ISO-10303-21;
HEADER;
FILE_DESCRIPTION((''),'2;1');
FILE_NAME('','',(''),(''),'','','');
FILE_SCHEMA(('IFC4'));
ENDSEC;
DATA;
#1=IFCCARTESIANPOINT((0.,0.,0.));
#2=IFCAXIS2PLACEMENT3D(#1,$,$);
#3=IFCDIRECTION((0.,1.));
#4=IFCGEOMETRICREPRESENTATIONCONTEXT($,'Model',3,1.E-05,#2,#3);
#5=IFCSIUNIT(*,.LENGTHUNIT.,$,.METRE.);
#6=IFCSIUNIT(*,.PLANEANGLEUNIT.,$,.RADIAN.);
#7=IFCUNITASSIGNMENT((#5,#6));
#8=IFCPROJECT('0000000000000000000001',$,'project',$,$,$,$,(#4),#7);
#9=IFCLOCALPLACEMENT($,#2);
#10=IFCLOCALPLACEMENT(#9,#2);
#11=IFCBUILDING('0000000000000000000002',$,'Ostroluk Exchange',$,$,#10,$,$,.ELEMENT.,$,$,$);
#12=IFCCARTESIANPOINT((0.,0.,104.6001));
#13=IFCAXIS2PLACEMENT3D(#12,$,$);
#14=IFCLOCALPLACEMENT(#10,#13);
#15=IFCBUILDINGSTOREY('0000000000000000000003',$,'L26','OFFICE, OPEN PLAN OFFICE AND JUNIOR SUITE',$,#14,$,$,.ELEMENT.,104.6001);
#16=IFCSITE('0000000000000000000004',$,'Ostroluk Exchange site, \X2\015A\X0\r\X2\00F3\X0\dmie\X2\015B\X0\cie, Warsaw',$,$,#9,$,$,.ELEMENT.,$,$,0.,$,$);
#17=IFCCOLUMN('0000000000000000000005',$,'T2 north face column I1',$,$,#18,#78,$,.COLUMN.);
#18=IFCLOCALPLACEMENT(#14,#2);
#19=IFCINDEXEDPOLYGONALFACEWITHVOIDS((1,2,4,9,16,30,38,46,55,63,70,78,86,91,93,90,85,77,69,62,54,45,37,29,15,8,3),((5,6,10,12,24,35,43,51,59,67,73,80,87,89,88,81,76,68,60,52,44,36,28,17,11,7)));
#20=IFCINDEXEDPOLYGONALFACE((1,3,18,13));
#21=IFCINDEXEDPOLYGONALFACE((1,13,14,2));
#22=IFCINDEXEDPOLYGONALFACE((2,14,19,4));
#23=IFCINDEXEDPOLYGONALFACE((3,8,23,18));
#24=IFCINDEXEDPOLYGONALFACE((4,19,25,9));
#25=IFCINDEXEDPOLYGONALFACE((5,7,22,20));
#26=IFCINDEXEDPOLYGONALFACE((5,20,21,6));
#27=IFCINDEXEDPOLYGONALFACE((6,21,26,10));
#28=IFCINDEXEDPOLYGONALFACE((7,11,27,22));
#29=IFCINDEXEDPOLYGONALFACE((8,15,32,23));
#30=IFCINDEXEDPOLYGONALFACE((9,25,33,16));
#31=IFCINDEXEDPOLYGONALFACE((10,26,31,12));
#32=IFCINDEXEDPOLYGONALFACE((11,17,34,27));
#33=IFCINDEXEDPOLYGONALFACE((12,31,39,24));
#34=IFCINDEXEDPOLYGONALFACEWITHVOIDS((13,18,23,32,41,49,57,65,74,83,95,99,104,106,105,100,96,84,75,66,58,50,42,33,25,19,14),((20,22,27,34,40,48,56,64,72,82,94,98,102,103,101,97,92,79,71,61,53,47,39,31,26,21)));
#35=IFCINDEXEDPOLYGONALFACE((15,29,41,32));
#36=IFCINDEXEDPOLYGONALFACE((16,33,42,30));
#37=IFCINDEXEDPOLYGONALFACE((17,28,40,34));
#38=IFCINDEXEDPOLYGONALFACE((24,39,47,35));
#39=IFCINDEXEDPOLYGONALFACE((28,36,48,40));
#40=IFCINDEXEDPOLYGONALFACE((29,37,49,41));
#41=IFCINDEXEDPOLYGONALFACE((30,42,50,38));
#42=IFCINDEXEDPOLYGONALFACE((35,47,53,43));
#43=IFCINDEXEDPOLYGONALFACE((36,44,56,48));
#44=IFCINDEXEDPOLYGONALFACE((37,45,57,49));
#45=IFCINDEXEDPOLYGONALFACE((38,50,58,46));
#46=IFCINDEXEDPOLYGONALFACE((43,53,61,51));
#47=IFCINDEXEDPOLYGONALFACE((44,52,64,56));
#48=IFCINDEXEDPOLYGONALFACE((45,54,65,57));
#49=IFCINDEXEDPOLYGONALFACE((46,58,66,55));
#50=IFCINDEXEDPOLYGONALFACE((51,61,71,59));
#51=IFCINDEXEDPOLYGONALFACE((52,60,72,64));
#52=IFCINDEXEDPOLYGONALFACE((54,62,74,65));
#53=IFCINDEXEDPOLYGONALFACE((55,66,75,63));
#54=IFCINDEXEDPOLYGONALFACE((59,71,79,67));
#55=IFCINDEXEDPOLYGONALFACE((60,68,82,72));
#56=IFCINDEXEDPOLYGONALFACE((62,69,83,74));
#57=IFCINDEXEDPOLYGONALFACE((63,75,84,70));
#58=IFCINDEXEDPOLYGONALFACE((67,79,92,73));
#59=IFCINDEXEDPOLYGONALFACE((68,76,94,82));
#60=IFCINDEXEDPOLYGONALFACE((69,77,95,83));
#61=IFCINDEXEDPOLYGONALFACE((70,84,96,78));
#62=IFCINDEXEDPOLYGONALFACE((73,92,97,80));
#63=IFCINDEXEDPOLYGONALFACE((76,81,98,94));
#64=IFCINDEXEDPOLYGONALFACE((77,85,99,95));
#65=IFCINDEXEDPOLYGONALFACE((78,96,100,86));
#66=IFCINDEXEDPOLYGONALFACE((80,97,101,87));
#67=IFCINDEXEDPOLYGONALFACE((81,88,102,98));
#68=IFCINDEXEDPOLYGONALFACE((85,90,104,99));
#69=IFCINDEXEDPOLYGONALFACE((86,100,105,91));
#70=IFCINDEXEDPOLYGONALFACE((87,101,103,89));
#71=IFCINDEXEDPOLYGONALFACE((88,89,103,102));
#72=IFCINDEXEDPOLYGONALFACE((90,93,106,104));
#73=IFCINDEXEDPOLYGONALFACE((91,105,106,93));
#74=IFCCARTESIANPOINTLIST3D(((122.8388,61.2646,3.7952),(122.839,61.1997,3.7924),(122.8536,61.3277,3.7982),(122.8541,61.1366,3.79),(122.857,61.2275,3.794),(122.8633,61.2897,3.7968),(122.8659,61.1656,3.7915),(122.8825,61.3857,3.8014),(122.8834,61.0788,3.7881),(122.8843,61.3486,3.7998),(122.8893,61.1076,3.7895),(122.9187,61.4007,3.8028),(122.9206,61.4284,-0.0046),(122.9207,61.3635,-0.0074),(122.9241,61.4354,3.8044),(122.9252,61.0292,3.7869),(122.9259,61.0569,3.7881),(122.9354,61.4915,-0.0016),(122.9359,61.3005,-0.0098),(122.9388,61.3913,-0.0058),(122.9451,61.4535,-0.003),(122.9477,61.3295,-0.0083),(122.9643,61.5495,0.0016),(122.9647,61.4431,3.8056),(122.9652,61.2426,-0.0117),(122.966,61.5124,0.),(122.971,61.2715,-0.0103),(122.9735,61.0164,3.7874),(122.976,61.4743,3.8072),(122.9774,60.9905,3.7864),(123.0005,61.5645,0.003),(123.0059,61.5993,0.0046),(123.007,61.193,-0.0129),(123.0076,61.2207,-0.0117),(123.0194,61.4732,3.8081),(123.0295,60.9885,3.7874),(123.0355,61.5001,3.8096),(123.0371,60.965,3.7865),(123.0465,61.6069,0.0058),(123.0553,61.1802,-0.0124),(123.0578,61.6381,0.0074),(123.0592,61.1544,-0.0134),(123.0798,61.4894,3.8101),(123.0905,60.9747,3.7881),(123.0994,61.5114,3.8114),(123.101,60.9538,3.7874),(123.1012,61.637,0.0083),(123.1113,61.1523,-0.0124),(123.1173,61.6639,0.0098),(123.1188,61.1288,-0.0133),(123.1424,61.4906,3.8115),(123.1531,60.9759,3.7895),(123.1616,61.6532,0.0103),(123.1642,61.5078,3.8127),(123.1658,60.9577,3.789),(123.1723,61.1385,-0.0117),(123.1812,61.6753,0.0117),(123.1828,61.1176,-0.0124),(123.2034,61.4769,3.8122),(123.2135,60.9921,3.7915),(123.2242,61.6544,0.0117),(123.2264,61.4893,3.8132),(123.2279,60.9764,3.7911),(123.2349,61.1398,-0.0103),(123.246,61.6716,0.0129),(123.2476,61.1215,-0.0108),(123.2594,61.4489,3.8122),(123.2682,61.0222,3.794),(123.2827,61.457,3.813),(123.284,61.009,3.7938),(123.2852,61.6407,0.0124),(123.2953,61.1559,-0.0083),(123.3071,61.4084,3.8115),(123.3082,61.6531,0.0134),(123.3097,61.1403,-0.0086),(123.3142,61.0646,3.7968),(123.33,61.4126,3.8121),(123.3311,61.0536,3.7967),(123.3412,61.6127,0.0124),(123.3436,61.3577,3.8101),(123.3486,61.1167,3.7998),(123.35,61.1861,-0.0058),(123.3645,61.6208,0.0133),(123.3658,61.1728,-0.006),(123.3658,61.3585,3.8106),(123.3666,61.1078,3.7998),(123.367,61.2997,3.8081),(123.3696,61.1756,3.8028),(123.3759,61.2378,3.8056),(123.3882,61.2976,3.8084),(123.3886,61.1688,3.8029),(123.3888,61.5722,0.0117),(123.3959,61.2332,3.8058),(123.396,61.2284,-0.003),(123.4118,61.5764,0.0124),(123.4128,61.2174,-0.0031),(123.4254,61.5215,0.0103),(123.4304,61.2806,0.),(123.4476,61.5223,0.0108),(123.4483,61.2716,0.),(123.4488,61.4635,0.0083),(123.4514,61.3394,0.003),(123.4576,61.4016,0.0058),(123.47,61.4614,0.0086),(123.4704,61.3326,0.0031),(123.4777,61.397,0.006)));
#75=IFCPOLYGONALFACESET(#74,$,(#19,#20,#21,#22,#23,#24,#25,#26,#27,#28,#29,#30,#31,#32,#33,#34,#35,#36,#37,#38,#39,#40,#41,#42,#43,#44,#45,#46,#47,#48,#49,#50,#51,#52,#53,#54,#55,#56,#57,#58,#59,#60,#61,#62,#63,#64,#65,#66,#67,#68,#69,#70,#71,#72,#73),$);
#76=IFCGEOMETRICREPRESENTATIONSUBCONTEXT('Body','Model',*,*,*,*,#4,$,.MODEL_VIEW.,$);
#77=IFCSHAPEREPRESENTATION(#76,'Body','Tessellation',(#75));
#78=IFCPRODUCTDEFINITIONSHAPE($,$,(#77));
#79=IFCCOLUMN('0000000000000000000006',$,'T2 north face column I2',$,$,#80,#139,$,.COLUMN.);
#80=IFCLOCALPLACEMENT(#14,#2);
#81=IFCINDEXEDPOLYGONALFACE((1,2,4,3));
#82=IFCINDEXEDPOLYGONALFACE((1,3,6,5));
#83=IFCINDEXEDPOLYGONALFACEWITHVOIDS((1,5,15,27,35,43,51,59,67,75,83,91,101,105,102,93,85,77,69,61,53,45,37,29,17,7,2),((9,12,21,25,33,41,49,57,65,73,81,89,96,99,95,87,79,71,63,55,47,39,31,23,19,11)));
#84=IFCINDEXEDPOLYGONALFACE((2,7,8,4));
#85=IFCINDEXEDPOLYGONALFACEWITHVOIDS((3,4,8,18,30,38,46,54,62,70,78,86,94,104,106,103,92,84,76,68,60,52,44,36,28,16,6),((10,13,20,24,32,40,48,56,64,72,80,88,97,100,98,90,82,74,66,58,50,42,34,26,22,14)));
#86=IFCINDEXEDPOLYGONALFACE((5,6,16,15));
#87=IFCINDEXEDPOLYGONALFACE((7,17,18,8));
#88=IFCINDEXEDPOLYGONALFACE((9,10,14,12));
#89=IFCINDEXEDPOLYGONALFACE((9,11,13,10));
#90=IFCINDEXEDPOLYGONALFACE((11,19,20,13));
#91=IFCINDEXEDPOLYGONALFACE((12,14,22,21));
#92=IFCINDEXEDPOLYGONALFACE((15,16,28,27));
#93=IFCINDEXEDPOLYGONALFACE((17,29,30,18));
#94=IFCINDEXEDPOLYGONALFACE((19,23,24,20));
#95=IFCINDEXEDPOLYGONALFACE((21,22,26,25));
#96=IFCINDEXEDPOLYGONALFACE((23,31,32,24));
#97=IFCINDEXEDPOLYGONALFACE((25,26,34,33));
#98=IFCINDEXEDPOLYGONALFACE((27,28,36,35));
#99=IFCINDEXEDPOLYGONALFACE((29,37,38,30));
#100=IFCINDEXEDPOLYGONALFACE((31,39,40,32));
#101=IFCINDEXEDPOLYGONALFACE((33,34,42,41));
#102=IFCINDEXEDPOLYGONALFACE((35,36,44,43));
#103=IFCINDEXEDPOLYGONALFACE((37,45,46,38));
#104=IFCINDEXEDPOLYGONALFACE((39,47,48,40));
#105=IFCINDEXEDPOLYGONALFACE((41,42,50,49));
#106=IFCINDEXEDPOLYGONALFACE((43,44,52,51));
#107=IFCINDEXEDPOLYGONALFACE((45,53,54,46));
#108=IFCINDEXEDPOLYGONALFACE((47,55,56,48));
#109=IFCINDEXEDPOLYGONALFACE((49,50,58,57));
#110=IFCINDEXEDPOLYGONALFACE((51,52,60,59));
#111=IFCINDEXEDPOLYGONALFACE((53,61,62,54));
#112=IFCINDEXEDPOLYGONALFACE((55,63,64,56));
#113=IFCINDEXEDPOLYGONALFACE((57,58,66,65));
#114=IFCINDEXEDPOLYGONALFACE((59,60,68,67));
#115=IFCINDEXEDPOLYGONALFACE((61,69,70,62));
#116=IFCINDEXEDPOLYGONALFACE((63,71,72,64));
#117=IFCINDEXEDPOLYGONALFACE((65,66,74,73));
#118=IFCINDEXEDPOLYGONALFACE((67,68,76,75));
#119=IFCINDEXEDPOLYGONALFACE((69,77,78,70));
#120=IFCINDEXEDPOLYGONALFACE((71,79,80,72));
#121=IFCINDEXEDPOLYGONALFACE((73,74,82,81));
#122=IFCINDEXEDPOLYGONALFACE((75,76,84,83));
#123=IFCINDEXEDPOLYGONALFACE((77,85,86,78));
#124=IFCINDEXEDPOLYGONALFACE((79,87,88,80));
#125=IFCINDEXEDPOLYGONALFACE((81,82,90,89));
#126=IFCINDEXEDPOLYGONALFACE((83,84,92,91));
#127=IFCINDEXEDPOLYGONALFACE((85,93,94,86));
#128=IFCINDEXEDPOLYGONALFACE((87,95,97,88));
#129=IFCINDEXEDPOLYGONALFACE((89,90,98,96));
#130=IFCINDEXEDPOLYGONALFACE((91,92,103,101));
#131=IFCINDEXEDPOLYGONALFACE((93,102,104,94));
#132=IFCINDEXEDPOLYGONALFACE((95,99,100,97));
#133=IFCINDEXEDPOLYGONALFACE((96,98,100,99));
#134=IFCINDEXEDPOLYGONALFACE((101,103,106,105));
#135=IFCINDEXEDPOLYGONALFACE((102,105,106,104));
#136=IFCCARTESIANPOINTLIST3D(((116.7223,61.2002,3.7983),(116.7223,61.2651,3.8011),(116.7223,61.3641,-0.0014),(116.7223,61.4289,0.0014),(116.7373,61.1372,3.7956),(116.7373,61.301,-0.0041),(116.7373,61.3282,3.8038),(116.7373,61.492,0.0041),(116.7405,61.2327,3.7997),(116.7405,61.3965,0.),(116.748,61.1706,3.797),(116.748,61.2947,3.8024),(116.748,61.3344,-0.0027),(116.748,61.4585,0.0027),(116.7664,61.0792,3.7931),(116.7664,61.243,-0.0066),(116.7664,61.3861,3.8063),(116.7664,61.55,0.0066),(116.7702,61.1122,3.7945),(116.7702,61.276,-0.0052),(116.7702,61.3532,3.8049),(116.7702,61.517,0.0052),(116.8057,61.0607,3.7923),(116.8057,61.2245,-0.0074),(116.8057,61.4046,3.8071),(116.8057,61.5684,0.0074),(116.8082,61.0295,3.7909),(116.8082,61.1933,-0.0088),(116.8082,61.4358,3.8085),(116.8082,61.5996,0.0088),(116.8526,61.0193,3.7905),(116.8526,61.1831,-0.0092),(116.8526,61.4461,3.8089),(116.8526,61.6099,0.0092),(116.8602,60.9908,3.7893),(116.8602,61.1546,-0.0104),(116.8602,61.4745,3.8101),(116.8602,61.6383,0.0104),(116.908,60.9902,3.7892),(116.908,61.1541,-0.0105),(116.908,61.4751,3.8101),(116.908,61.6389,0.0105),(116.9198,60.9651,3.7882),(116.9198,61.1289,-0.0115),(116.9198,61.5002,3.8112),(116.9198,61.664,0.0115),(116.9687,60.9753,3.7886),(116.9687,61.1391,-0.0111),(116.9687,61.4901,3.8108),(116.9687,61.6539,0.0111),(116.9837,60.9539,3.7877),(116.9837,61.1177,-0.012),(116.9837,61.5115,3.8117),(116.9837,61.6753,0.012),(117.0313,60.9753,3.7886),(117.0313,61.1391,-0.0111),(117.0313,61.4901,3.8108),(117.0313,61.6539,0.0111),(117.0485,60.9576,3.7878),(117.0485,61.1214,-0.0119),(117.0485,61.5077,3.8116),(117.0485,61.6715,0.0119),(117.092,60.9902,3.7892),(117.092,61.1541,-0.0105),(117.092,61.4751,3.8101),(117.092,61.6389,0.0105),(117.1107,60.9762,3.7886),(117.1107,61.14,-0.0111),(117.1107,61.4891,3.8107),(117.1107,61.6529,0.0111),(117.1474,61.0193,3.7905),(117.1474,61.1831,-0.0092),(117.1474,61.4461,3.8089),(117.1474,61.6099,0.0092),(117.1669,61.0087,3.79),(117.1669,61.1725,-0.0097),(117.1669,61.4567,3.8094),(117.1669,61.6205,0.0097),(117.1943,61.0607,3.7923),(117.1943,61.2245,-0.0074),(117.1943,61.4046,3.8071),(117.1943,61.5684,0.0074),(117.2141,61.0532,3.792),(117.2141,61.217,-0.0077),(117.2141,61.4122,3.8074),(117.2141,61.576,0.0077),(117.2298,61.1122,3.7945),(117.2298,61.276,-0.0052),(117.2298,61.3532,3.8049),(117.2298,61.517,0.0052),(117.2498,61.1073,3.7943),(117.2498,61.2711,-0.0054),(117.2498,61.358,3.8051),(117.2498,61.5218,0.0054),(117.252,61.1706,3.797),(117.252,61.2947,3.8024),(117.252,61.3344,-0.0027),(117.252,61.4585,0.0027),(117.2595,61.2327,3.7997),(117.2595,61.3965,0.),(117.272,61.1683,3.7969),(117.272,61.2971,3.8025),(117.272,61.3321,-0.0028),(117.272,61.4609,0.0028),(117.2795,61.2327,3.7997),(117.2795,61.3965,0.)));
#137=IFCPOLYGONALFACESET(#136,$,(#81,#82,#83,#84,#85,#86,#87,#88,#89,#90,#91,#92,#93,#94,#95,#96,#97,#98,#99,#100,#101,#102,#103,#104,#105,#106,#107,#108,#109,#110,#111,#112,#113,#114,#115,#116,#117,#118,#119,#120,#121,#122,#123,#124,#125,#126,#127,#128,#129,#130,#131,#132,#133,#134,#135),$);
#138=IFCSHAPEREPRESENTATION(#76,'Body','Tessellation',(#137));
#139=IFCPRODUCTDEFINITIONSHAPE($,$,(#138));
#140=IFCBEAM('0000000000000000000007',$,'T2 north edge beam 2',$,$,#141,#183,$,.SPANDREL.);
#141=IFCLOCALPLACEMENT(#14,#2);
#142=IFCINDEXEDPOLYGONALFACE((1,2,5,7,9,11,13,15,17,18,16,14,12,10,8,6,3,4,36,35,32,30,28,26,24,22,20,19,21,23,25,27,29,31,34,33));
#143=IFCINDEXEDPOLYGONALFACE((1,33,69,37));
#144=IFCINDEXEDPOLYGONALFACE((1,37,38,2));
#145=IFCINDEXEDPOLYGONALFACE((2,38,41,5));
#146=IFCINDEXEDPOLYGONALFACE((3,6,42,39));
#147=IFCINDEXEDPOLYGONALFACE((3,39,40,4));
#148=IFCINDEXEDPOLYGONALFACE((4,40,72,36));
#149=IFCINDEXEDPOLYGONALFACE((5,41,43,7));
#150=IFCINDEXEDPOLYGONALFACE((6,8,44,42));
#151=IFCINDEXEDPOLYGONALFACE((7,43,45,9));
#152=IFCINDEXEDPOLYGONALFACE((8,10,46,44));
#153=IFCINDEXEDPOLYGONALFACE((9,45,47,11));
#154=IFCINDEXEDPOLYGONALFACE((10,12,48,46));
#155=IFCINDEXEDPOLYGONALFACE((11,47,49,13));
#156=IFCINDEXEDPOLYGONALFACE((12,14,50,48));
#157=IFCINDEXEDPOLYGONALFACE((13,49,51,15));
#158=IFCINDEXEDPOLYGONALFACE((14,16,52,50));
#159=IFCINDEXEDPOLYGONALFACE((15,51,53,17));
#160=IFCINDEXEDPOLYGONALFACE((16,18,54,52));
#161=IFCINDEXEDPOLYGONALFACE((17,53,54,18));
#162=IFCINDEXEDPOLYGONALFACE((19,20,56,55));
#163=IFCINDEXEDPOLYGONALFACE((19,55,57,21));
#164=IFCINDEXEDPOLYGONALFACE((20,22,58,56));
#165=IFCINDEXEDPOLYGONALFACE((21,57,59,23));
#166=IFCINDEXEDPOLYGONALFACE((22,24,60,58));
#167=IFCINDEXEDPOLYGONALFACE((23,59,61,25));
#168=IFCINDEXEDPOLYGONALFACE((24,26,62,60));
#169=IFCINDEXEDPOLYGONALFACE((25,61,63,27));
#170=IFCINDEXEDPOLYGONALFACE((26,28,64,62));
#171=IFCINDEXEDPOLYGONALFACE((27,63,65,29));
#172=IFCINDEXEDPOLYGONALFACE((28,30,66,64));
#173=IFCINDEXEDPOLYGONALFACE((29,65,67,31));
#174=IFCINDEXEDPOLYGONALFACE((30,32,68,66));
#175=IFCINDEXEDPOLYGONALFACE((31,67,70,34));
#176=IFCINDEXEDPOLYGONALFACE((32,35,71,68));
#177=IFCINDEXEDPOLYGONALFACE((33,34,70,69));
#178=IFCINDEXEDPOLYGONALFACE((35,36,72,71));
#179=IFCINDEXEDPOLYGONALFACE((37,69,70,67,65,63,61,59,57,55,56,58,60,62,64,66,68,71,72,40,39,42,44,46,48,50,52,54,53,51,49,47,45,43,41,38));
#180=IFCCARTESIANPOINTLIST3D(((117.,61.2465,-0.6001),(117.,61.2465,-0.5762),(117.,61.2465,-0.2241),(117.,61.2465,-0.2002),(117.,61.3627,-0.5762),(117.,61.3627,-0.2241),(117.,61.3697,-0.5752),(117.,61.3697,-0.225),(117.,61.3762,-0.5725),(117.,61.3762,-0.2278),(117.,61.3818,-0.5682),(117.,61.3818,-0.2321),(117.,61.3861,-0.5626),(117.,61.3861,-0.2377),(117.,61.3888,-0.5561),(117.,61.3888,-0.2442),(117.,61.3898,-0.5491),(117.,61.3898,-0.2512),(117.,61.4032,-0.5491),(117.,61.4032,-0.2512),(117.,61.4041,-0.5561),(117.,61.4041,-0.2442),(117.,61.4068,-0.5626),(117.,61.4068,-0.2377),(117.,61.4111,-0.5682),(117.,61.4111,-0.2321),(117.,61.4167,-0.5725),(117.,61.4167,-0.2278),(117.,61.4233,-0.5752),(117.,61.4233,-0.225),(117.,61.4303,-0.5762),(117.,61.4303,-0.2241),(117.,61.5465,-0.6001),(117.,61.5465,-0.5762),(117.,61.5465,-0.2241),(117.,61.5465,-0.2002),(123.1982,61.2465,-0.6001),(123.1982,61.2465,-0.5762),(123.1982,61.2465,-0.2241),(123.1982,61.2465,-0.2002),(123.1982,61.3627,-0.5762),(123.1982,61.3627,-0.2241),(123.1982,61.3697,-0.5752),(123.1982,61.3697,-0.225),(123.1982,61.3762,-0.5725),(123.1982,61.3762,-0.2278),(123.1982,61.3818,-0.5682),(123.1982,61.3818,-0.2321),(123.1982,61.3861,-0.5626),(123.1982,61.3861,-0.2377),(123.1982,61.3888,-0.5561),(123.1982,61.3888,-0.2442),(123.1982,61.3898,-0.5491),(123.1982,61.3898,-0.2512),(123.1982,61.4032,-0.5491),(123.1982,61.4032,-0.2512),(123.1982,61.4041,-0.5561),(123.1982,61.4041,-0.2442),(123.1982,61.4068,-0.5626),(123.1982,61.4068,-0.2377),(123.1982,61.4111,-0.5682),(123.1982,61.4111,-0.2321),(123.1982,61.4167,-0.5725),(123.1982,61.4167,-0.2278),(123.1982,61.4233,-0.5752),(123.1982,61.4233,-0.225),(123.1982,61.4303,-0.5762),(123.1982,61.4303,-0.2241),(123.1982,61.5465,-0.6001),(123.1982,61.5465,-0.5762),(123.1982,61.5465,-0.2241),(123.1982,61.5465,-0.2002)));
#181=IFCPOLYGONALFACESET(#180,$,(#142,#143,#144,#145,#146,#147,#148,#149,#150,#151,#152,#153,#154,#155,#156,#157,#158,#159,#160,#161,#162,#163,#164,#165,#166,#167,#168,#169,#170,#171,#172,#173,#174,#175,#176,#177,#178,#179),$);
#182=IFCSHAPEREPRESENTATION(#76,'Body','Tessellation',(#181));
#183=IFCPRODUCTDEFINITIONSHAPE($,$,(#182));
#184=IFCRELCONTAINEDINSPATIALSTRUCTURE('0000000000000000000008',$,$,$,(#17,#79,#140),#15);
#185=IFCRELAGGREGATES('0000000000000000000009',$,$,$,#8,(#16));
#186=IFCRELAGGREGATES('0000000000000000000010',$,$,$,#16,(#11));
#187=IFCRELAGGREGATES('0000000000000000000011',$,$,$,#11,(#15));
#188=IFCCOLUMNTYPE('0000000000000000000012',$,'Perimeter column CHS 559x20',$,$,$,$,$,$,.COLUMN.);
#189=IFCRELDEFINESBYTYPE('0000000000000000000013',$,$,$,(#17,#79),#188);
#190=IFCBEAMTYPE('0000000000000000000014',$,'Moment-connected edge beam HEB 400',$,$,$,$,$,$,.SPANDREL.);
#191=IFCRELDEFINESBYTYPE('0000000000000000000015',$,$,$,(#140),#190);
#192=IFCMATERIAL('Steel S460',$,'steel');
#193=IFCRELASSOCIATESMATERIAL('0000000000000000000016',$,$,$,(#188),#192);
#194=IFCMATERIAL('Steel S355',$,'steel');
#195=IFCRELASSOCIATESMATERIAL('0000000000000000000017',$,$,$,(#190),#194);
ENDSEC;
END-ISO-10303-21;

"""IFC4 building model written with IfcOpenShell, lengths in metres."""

from ifc_helpers import new_model, si_unit, direction, frame, origin, origin_2d, place, context, subcontext, project, spatial, hollow_circle, i_section, extrude, material, material_profile, profile_set, type_object, element, save


model = new_model("IFC4")

# Units and contexts
model_context = context("Model", 3, precision=1e-05, world=origin(), true_north=direction((0.0, 1.0)))
body_context = subcontext(model_context, "Body", "Model", "MODEL_VIEW")
ifc_project = project(units=[si_unit("LENGTHUNIT", "METRE"), si_unit("PLANEANGLEUNIT", "RADIAN")], contexts=[model_context])

# Site, building, storey
site_placement = place(None, origin())
site = spatial("IfcSite", under=ifc_project, at=site_placement, Name="Ostroluk Exchange site, Śródmieście, Warsaw", CompositionType="ELEMENT", RefElevation=0.0)
building_placement = place(site_placement, origin())
building = spatial("IfcBuilding", under=site, at=building_placement, Name="Ostroluk Exchange", CompositionType="ELEMENT")
storey_placement = place(building_placement, frame((0.0, 0.0, 104.6001)))
storey = spatial("IfcBuildingStorey", under=building, at=storey_placement, Name="L26", Description="OFFICE, OPEN PLAN OFFICE AND JUNIOR SUITE", CompositionType="ELEMENT", Elevation=104.6001)

# Columns
ifc_material_1 = material(Name="Steel S460", Category="steel")
ifc_material_profile_1 = material_profile(ifc_material_1, hollow_circle(Radius=0.2795, WallThickness=0.02, at=origin_2d()), Name="CHS 559x20")
ifc_profile_set_1 = profile_set([ifc_material_profile_1], Name="Steel S460")
column_type = type_object("IfcColumnType", Name="Perimeter column CHS 559x20", PredefinedType="COLUMN", material=ifc_profile_set_1)
column_1_placement = place(storey_placement, frame((123.1982, 61.3965, 0.0), z_axis=(-0.021499, -0.043062, 0.998841), x_axis=(0.894694, -0.44668, 0.0)))
element("IfcColumn", 1, at=column_1_placement, inside=storey, type_object=column_type, Name="T2 north face column I1", PredefinedType="COLUMN", context=body_context, shape_type="SweptSolid", body=[
    extrude(hollow_circle(Radius=0.2795, WallThickness=0.02, at=origin_2d()), origin(), (0.0, 0.0, 1.0), 3.8042),
])
column_2_placement = place(storey_placement, frame((117.0, 61.3965, 0.0), z_axis=(0.0, -0.043072, 0.999072), x_axis=(1.0, 0.0, 0.0)))
element("IfcColumn", 2, at=column_2_placement, inside=storey, type_object=column_type, Name="T2 north face column I2", PredefinedType="COLUMN", context=body_context, shape_type="SweptSolid", body=[
    extrude(hollow_circle(Radius=0.2795, WallThickness=0.02, at=origin_2d()), origin(), (0.0, 0.0, 1.0), 3.8032),
])

# Beam
ifc_material_2 = material(Name="Steel S355", Category="steel")
ifc_material_profile_2 = material_profile(ifc_material_2, i_section(OverallWidth=0.3, OverallDepth=0.3999, WebThickness=0.0134, FlangeThickness=0.0239, FilletRadius=0.0271, at=origin_2d()), Name="HEB 400")
ifc_profile_set_2 = profile_set([ifc_material_profile_2], Name="Steel S355")
beam_type = type_object("IfcBeamType", Name="Moment-connected edge beam HEB 400", PredefinedType="SPANDREL", material=ifc_profile_set_2)
for number, where, z_axis, x_axis, name in (
    (3, (123.1982, 61.3965, -0.4001), (-1.0, 0.0, 0.0), (0.0, -1.0, 0.0), "T2 north edge beam 2"),
):
    element("IfcBeam", number, at=place(storey_placement, frame(where, z_axis=z_axis, x_axis=x_axis)), inside=storey, type_object=beam_type, Name=name, PredefinedType="SPANDREL", context=body_context, shape_type="SweptSolid", body=[
        extrude(i_section(OverallWidth=0.3, OverallDepth=0.3999, WebThickness=0.0134, FlangeThickness=0.0239, FilletRadius=0.0271, at=origin_2d()), origin(), (0.0, 0.0, 1.0), 6.1982),
    ])

save(model, "model.ifc")
